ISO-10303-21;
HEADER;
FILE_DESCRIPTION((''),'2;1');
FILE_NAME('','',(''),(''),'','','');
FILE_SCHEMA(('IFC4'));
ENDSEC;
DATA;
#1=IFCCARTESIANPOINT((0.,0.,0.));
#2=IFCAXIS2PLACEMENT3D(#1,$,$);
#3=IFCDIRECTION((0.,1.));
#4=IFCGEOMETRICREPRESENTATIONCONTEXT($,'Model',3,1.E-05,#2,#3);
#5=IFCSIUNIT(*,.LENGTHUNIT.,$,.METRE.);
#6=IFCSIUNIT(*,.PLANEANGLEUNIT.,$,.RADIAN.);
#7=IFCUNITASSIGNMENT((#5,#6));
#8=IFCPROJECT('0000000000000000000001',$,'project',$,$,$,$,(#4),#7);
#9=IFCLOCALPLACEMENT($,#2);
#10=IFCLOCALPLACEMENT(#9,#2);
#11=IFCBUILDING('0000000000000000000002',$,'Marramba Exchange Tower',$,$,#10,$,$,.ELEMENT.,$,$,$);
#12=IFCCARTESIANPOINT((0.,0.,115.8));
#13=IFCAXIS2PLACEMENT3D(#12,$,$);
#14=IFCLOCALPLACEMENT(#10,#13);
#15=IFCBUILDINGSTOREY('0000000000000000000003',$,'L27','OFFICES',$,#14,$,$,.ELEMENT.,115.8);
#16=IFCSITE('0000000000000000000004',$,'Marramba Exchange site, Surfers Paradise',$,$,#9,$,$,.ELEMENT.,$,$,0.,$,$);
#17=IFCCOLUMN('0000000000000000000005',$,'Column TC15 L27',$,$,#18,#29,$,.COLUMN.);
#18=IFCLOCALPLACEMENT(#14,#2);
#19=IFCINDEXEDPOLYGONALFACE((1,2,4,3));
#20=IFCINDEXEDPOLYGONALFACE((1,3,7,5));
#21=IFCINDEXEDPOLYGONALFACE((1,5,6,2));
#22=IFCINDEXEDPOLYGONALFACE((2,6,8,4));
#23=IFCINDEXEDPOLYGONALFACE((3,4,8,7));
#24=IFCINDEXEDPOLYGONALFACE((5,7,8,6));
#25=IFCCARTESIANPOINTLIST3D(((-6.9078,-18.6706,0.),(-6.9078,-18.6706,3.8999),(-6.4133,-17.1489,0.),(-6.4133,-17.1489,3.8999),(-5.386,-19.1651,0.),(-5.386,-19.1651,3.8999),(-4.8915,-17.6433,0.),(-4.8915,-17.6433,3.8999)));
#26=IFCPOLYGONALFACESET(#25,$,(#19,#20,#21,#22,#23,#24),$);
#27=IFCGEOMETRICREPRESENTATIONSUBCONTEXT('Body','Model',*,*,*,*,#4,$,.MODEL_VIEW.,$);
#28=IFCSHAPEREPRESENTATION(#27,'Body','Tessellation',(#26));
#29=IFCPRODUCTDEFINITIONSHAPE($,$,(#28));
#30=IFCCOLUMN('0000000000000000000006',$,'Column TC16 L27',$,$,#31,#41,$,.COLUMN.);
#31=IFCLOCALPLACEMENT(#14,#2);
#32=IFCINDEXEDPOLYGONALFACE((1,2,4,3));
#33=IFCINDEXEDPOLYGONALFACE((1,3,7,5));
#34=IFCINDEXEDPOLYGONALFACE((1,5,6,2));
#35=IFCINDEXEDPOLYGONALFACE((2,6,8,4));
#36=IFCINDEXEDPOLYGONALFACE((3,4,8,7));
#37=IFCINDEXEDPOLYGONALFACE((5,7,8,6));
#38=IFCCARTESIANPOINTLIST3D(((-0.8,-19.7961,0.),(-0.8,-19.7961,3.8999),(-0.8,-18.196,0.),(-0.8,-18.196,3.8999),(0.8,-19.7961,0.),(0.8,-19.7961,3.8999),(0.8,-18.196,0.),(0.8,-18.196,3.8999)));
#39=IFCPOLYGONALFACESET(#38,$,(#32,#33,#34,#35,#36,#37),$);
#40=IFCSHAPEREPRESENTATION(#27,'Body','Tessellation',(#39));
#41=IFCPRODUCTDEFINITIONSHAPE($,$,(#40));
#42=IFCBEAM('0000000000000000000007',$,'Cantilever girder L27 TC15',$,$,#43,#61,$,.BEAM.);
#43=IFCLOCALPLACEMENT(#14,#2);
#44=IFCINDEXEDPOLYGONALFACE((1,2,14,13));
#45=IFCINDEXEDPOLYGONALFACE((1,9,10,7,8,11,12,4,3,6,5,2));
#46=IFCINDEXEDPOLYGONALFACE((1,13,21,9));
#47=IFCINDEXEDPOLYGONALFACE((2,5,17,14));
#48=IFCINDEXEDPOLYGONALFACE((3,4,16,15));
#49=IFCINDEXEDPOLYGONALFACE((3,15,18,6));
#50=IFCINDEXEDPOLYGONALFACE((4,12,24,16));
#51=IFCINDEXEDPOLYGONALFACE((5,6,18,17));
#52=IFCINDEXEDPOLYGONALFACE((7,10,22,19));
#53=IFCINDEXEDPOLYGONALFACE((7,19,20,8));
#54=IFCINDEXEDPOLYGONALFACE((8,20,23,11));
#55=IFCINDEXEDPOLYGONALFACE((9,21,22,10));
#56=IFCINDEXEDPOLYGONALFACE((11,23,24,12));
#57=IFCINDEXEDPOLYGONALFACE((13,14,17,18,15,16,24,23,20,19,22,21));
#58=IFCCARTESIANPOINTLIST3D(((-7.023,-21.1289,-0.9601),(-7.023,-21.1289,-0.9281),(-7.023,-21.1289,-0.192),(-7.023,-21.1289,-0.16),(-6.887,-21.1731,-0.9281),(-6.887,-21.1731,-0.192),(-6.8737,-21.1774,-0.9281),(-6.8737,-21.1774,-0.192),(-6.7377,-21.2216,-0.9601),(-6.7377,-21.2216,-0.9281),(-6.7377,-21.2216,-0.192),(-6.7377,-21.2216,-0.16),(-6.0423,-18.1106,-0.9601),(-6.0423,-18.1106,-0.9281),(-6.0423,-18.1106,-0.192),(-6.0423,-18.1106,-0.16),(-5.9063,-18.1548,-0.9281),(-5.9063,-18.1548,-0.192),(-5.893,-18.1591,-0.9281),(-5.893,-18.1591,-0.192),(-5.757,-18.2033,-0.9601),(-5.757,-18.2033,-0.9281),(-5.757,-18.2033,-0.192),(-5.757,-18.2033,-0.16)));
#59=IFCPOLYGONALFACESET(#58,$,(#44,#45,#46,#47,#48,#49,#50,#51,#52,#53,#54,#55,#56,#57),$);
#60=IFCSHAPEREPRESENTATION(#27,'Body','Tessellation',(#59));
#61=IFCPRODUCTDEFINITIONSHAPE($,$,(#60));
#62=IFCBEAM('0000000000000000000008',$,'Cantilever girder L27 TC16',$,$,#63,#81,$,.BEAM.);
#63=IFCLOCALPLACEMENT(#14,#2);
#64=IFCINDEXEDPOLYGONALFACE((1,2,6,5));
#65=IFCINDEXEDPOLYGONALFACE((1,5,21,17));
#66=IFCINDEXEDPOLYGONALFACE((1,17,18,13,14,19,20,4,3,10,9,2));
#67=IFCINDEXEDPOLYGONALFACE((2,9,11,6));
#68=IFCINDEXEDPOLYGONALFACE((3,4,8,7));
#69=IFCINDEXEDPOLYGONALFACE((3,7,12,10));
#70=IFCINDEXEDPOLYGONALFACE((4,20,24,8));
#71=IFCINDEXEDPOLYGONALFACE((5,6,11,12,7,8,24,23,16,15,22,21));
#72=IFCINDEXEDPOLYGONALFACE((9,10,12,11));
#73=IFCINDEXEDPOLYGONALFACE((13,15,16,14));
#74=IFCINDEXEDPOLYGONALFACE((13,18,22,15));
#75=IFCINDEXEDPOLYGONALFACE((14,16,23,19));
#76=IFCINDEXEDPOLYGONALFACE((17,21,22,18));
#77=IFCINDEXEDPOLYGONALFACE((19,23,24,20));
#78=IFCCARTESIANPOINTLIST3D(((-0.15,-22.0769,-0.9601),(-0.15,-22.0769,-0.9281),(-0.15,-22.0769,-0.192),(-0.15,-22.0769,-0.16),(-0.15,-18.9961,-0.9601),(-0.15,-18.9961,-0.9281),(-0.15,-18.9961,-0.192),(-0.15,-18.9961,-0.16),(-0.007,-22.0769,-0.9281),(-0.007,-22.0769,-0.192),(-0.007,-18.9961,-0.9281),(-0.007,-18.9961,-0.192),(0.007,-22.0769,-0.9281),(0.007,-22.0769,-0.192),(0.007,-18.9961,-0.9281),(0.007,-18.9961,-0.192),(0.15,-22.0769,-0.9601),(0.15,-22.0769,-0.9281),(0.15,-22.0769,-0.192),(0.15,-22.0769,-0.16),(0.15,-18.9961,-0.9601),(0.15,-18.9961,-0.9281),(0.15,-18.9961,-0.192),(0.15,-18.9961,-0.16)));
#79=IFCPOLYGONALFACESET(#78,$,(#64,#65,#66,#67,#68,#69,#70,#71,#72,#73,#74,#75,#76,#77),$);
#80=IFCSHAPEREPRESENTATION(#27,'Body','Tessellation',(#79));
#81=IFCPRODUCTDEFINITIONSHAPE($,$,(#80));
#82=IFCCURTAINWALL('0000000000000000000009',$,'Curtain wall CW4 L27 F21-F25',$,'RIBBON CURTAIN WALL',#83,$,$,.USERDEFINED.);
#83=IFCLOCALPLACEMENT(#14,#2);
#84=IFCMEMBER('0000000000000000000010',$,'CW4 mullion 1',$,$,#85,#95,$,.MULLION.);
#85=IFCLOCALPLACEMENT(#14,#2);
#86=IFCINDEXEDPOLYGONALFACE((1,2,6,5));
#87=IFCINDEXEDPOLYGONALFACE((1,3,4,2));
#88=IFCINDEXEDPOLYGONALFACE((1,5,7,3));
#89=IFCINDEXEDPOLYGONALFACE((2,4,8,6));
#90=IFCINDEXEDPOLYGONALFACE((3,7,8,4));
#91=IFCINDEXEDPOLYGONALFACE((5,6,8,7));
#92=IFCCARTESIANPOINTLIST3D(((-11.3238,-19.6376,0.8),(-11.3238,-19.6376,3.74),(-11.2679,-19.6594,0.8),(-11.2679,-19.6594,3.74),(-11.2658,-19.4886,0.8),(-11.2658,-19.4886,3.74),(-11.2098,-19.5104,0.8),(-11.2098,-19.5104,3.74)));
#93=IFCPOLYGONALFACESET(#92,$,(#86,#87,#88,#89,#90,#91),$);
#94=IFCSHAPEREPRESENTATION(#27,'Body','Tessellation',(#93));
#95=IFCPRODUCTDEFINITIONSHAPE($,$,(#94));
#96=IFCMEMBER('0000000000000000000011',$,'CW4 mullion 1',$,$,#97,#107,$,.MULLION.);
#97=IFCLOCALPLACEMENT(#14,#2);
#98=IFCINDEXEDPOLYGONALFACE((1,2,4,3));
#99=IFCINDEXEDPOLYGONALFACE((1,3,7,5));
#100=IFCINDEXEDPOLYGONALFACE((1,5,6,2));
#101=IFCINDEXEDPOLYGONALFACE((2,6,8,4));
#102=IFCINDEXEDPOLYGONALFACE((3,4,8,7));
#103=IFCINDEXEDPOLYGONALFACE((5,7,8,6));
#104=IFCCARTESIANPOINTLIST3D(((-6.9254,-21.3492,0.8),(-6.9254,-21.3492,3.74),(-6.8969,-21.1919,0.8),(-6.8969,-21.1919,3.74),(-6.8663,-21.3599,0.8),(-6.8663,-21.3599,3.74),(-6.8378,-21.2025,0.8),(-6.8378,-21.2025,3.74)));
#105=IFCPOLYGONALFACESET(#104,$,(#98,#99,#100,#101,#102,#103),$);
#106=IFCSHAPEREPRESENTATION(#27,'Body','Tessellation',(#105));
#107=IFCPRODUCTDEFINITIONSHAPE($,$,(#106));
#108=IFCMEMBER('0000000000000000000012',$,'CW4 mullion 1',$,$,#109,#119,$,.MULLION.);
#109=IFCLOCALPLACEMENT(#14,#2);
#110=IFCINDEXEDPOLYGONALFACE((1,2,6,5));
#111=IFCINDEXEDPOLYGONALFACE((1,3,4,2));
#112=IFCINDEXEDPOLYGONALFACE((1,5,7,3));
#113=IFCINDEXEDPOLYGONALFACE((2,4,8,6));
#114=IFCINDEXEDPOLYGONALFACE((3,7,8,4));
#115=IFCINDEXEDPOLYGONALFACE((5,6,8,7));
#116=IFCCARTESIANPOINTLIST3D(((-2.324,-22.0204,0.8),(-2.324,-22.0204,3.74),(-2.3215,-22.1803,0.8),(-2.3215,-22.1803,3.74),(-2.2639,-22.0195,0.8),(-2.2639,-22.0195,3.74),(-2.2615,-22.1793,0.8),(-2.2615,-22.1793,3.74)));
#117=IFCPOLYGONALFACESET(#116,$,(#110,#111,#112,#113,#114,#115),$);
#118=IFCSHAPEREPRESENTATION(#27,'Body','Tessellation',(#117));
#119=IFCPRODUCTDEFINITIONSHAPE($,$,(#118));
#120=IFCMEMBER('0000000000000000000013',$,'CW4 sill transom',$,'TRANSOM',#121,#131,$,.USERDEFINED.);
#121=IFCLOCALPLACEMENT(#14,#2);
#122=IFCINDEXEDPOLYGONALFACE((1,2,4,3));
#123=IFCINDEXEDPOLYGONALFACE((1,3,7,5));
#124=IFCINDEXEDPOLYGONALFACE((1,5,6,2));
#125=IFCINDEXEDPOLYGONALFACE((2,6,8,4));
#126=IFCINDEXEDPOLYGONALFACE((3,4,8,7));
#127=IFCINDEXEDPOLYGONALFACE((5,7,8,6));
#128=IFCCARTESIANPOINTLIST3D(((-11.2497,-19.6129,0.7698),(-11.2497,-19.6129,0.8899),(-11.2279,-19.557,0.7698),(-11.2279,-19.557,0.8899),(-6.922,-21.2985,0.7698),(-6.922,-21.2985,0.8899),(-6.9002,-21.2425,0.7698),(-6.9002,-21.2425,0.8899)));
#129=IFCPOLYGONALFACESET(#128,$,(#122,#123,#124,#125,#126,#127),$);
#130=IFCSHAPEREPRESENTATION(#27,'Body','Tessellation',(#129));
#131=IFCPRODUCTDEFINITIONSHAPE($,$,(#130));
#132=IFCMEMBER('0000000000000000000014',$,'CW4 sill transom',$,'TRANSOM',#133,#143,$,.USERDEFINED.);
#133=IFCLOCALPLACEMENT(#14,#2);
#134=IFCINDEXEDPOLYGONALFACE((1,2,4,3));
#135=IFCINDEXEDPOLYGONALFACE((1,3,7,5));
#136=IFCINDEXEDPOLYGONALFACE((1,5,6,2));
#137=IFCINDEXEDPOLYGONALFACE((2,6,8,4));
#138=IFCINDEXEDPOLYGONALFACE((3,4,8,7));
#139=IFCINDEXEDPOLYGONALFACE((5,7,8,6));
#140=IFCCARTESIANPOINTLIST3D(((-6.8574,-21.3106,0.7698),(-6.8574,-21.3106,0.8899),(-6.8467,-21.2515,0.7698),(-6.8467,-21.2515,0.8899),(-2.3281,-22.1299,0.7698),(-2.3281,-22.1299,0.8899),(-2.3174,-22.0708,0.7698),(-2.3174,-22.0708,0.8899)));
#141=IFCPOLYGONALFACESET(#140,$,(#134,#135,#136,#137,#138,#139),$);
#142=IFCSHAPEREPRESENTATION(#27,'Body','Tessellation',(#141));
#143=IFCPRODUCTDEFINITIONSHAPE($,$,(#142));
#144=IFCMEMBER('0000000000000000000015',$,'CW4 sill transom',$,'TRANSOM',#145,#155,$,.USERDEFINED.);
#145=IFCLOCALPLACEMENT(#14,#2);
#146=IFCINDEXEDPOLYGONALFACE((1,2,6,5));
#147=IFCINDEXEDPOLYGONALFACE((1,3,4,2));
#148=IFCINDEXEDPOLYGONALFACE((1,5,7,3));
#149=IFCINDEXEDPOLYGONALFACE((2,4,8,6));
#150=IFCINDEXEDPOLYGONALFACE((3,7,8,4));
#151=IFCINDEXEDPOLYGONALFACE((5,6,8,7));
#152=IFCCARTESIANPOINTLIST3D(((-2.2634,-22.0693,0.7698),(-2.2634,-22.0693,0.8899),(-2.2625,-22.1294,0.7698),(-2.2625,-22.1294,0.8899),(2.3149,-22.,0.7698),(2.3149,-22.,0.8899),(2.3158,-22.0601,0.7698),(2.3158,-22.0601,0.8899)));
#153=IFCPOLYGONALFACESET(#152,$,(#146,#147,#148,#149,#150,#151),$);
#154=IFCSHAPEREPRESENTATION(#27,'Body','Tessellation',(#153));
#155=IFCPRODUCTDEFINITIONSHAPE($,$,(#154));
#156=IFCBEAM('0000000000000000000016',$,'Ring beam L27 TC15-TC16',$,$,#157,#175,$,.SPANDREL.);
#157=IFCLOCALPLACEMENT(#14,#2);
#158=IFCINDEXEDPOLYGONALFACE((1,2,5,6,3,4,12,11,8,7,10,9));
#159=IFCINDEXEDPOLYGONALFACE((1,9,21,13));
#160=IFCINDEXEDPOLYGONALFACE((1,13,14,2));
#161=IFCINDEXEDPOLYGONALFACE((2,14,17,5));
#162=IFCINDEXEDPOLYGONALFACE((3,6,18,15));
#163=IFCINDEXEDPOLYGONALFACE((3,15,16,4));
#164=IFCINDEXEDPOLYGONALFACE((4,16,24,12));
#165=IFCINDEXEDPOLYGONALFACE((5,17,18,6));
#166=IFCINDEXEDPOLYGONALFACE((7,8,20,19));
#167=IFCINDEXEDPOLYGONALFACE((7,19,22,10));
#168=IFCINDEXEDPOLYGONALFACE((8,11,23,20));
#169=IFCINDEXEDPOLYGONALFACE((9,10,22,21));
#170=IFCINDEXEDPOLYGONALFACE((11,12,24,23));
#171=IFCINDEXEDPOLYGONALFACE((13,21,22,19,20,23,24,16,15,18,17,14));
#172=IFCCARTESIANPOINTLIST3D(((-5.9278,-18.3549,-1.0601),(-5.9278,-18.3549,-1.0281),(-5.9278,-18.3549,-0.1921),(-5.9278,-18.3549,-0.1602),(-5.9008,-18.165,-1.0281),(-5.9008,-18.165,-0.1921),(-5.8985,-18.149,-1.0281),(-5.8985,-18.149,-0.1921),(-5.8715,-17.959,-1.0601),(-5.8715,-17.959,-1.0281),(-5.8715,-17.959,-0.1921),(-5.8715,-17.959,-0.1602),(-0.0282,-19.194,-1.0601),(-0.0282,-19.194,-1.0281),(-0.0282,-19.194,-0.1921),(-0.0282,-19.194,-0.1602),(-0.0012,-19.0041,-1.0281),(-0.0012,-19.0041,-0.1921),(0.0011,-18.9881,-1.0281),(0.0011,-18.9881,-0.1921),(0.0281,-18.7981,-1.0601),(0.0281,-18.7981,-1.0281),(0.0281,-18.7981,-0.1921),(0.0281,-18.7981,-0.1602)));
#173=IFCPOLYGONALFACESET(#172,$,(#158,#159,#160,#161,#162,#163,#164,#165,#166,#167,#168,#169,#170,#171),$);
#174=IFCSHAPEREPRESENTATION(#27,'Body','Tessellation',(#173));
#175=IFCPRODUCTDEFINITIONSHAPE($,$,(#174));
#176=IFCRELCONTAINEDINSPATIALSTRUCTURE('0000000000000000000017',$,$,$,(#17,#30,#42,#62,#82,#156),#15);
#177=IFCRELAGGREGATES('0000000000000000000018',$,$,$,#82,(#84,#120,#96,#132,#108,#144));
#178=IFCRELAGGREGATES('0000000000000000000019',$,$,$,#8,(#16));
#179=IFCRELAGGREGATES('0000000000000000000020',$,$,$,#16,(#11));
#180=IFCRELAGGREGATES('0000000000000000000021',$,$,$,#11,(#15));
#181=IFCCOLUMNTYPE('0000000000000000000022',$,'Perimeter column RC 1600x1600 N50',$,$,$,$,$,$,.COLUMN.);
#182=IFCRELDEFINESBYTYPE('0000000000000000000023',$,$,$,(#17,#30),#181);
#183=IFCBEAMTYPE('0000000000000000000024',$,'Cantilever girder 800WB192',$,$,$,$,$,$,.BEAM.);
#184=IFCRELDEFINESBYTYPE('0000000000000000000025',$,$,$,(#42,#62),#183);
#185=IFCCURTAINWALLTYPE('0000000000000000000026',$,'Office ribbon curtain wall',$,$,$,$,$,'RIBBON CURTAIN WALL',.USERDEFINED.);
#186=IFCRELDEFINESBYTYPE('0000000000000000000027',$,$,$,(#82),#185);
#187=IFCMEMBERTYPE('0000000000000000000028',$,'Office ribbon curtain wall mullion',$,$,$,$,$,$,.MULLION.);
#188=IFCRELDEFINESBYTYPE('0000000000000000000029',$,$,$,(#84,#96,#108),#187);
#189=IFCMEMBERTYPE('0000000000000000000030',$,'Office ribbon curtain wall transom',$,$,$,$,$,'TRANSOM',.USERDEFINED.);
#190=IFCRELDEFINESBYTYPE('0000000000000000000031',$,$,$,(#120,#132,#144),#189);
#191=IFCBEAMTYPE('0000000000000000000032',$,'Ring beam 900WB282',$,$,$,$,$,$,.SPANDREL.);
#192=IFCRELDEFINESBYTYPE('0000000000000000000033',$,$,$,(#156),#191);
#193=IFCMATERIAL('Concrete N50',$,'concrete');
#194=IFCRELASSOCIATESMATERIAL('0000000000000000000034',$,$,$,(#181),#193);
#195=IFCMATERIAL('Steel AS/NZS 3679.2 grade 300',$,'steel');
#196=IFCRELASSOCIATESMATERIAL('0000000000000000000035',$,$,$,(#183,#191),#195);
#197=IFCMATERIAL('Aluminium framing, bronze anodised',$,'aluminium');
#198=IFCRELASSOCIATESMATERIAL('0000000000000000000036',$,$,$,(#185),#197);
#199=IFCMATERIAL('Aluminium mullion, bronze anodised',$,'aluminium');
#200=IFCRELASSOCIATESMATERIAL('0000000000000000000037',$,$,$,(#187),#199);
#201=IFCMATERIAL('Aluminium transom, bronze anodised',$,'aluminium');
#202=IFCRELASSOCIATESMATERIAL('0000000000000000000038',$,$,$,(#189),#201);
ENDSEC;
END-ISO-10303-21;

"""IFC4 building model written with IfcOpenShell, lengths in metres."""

from ifc_helpers import new_model, si_unit, direction, frame, origin, origin_2d, place, context, subcontext, project, spatial, rectangle, i_section, extrude, material, material_profile, profile_set, type_object, element, aggregate, save


model = new_model("IFC4")

# Units and contexts
model_context = context("Model", 3, precision=1e-05, world=origin(), true_north=direction((0.0, 1.0)))
body_context = subcontext(model_context, "Body", "Model", "MODEL_VIEW")
ifc_project = project(units=[si_unit("LENGTHUNIT", "METRE"), si_unit("PLANEANGLEUNIT", "RADIAN")], contexts=[model_context])

# Site, building, storey
site_placement = place(None, origin())
site = spatial("IfcSite", under=ifc_project, at=site_placement, Name="Marramba Exchange site, Surfers Paradise", CompositionType="ELEMENT", RefElevation=0.0)
building_placement = place(site_placement, origin())
building = spatial("IfcBuilding", under=site, at=building_placement, Name="Marramba Exchange Tower", CompositionType="ELEMENT")
storey_placement = place(building_placement, frame((0.0, 0.0, 115.8)))
storey = spatial("IfcBuildingStorey", under=building, at=storey_placement, Name="L27", Description="OFFICES", CompositionType="ELEMENT", Elevation=115.8)

# Columns
ifc_material_1 = material(Name="Concrete N50", Category="concrete")
ifc_material_profile_1 = material_profile(ifc_material_1, rectangle(XDim=1.6001, YDim=1.6001, at=origin_2d()), Name="RC 1600x1600")
ifc_profile_set_1 = profile_set([ifc_material_profile_1], Name="Concrete N50")
column_type = type_object("IfcColumnType", Name="Perimeter column RC 1600x1600 N50", PredefinedType="COLUMN", material=ifc_profile_set_1)
for number, where, z_axis, x_axis, name in (
    (1, (-5.8997, -18.157, 0.0), (0.0, 0.0, 1.0), (-0.309017, -0.951057, 0.0), "Column TC15 L27"),
    (2, (0.0, -18.9961, 0.0), (0.0, 0.0, 1.0), (0.0, -1.0, 0.0), "Column TC16 L27"),
):
    element("IfcColumn", number, at=place(storey_placement, frame(where, z_axis=z_axis, x_axis=x_axis)), inside=storey, type_object=column_type, Name=name, PredefinedType="COLUMN", context=body_context, shape_type="SweptSolid", body=[
        extrude(rectangle(XDim=1.6001, YDim=1.6001, at=origin_2d()), origin(), (0.0, 0.0, 1.0), 3.8999),
    ])

# Beams
ifc_material_2 = material(Name="Steel AS/NZS 3679.2 grade 300", Category="steel")
ifc_material_profile_2 = material_profile(ifc_material_2, i_section(OverallWidth=0.3, OverallDepth=0.8, WebThickness=0.0139, FlangeThickness=0.032, at=origin_2d()), Name="800WB192")
ifc_profile_set_2 = profile_set([ifc_material_profile_2], Name="Steel AS/NZS 3679.2 grade 300")
beam_type_1 = type_object("IfcBeamType", Name="Cantilever girder 800WB192", PredefinedType="BEAM", material=ifc_profile_set_2)
beam_1_placement = place(storey_placement, frame((-5.8997, -18.157, -0.5601), z_axis=(-0.309018, -0.951056, 0.0), x_axis=(0.951056, -0.309018, 0.0)))
element("IfcBeam", 3, at=beam_1_placement, inside=storey, type_object=beam_type_1, Name="Cantilever girder L27 TC15", PredefinedType="BEAM", context=body_context, shape_type="SweptSolid", body=[
    extrude(i_section(OverallWidth=0.3, OverallDepth=0.8, WebThickness=0.0139, FlangeThickness=0.032, at=origin_2d()), origin(), (0.0, 0.0, 1.0), 3.1736),
])
beam_2_placement = place(storey_placement, frame((0.0, -18.9961, -0.5601), z_axis=(0.0, -1.0, 0.0), x_axis=(1.0, 0.0, 0.0)))
element("IfcBeam", 4, at=beam_2_placement, inside=storey, type_object=beam_type_1, Name="Cantilever girder L27 TC16", PredefinedType="BEAM", context=body_context, shape_type="SweptSolid", body=[
    extrude(i_section(OverallWidth=0.3, OverallDepth=0.8, WebThickness=0.0139, FlangeThickness=0.032, at=origin_2d()), origin(), (0.0, 0.0, 1.0), 3.0808),
])

# Curtain wall, members
ifc_material_3 = material(Name="Aluminium framing, bronze anodised", Category="aluminium")
curtain_wall_type = type_object("IfcCurtainWallType", Name="Office ribbon curtain wall", ElementType="RIBBON CURTAIN WALL", PredefinedType="USERDEFINED", material=ifc_material_3)
curtain_wall_1_placement = place(storey_placement, origin())
curtain_wall_1 = element("IfcCurtainWall", 5, at=curtain_wall_1_placement, inside=storey, type_object=curtain_wall_type, Name="Curtain wall CW4 L27 F21-F25", ObjectType="RIBBON CURTAIN WALL", PredefinedType="USERDEFINED")
ifc_material_4 = material(Name="Aluminium mullion, bronze anodised", Category="aluminium")
ifc_material_profile_3 = material_profile(ifc_material_4, rectangle(XDim=0.1599, YDim=0.0601, at=origin_2d()), Name="CW4 mullion 60x160")
ifc_profile_set_3 = profile_set([ifc_material_profile_3], Name="Aluminium mullion, bronze anodised")
member_type_1 = type_object("IfcMemberType", Name="Office ribbon curtain wall mullion", PredefinedType="MULLION", material=ifc_profile_set_3)
member_1_placement = place(storey_placement, frame((-11.2668, -19.574, 0.8), z_axis=(0.0, 0.0, 1.0), x_axis=(0.362925, 0.931818, 0.0)))
member_1 = element("IfcMember", 6, at=member_1_placement, type_object=member_type_1, Name="CW4 mullion 1", PredefinedType="MULLION", context=body_context, shape_type="SweptSolid", body=[
    extrude(rectangle(XDim=0.1599, YDim=0.0601, at=origin_2d()), origin(), (0.0, 0.0, 1.0), 2.9399),
])
member_2_placement = place(storey_placement, frame((-6.8816, -21.2759, 0.8), z_axis=(0.0, 0.0, 1.0), x_axis=(0.177992, 0.984032, 0.0)))
member_2 = element("IfcMember", 7, at=member_2_placement, type_object=member_type_1, Name="CW4 mullion 1", PredefinedType="MULLION", context=body_context, shape_type="SweptSolid", body=[
    extrude(rectangle(XDim=0.1599, YDim=0.0601, at=origin_2d()), origin(), (0.0, 0.0, 1.0), 2.9399),
])
member_3_placement = place(storey_placement, frame((-2.2927, -22.0999, 0.8), z_axis=(0.0, 0.0, 1.0), x_axis=(-0.015179, 0.999885, 0.0)))
member_3 = element("IfcMember", 8, at=member_3_placement, type_object=member_type_1, Name="CW4 mullion 1", PredefinedType="MULLION", context=body_context, shape_type="SweptSolid", body=[
    extrude(rectangle(XDim=0.1599, YDim=0.0601, at=origin_2d()), origin(), (0.0, 0.0, 1.0), 2.9399),
])
ifc_material_5 = material(Name="Aluminium transom, bronze anodised", Category="aluminium")
ifc_material_profile_4 = material_profile(ifc_material_5, rectangle(XDim=0.0601, YDim=0.1201, at=origin_2d()), Name="CW4 transom 60x120")
ifc_profile_set_4 = profile_set([ifc_material_profile_4], Name="Aluminium transom, bronze anodised")
member_type_2 = type_object("IfcMemberType", Name="Office ribbon curtain wall transom", ElementType="TRANSOM", PredefinedType="USERDEFINED", material=ifc_profile_set_4)
member_4_placement = place(storey_placement, frame((-11.2388, -19.585, 0.8298), z_axis=(0.931817, -0.362928, 0.0), x_axis=(0.362928, 0.931817, 0.0)))
member_4 = element("IfcMember", 9, at=member_4_placement, type_object=member_type_2, Name="CW4 sill transom", ObjectType="TRANSOM", PredefinedType="USERDEFINED", context=body_context, shape_type="SweptSolid", body=[
    extrude(rectangle(XDim=0.0601, YDim=0.1201, at=origin_2d()), origin(), (0.0, 0.0, 1.0), 4.6443),
])
member_5_placement = place(storey_placement, frame((-6.8521, -21.281, 0.8298), z_axis=(0.984029, -0.178008, 0.0), x_axis=(0.178008, 0.984029, 0.0)))
member_5 = element("IfcMember", 10, at=member_5_placement, type_object=member_type_2, Name="CW4 sill transom", ObjectType="TRANSOM", PredefinedType="USERDEFINED", context=body_context, shape_type="SweptSolid", body=[
    extrude(rectangle(XDim=0.0601, YDim=0.1201, at=origin_2d()), origin(), (0.0, 0.0, 1.0), 4.6028),
])
member_6_placement = place(storey_placement, frame((-2.2629, -22.0994, 0.8298), z_axis=(0.999885, 0.015143, 0.0), x_axis=(-0.015143, 0.999885, 0.0)))
member_6 = element("IfcMember", 11, at=member_6_placement, type_object=member_type_2, Name="CW4 sill transom", ObjectType="TRANSOM", PredefinedType="USERDEFINED", context=body_context, shape_type="SweptSolid", body=[
    extrude(rectangle(XDim=0.0601, YDim=0.1201, at=origin_2d()), origin(), (0.0, 0.0, 1.0), 4.5789),
])

# Beam
ifc_material_profile_5 = material_profile(ifc_material_2, i_section(OverallWidth=0.3999, OverallDepth=0.8999, WebThickness=0.0161, FlangeThickness=0.032, at=origin_2d()), Name="900WB282")
ifc_profile_set_5 = profile_set([ifc_material_profile_5], Name="Steel AS/NZS 3679.2 grade 300")
beam_type_2 = type_object("IfcBeamType", Name="Ring beam 900WB282", PredefinedType="SPANDREL", material=ifc_profile_set_5)
for number, where, z_axis, x_axis, name in (
    (12, (-5.8997, -18.157, -0.6101), (0.990036, -0.140813, 0.0), (0.140813, 0.990036, 0.0), "Ring beam L27 TC15-TC16"),
):
    element("IfcBeam", number, at=place(storey_placement, frame(where, z_axis=z_axis, x_axis=x_axis)), inside=storey, type_object=beam_type_2, Name=name, PredefinedType="SPANDREL", context=body_context, shape_type="SweptSolid", body=[
        extrude(i_section(OverallWidth=0.3999, OverallDepth=0.8999, WebThickness=0.0161, FlangeThickness=0.032, at=origin_2d()), origin(), (0.0, 0.0, 1.0), 5.959),
    ])

aggregate(curtain_wall_1, [member_1, member_4, member_2, member_5, member_3, member_6])

save(model, "model.ifc")
